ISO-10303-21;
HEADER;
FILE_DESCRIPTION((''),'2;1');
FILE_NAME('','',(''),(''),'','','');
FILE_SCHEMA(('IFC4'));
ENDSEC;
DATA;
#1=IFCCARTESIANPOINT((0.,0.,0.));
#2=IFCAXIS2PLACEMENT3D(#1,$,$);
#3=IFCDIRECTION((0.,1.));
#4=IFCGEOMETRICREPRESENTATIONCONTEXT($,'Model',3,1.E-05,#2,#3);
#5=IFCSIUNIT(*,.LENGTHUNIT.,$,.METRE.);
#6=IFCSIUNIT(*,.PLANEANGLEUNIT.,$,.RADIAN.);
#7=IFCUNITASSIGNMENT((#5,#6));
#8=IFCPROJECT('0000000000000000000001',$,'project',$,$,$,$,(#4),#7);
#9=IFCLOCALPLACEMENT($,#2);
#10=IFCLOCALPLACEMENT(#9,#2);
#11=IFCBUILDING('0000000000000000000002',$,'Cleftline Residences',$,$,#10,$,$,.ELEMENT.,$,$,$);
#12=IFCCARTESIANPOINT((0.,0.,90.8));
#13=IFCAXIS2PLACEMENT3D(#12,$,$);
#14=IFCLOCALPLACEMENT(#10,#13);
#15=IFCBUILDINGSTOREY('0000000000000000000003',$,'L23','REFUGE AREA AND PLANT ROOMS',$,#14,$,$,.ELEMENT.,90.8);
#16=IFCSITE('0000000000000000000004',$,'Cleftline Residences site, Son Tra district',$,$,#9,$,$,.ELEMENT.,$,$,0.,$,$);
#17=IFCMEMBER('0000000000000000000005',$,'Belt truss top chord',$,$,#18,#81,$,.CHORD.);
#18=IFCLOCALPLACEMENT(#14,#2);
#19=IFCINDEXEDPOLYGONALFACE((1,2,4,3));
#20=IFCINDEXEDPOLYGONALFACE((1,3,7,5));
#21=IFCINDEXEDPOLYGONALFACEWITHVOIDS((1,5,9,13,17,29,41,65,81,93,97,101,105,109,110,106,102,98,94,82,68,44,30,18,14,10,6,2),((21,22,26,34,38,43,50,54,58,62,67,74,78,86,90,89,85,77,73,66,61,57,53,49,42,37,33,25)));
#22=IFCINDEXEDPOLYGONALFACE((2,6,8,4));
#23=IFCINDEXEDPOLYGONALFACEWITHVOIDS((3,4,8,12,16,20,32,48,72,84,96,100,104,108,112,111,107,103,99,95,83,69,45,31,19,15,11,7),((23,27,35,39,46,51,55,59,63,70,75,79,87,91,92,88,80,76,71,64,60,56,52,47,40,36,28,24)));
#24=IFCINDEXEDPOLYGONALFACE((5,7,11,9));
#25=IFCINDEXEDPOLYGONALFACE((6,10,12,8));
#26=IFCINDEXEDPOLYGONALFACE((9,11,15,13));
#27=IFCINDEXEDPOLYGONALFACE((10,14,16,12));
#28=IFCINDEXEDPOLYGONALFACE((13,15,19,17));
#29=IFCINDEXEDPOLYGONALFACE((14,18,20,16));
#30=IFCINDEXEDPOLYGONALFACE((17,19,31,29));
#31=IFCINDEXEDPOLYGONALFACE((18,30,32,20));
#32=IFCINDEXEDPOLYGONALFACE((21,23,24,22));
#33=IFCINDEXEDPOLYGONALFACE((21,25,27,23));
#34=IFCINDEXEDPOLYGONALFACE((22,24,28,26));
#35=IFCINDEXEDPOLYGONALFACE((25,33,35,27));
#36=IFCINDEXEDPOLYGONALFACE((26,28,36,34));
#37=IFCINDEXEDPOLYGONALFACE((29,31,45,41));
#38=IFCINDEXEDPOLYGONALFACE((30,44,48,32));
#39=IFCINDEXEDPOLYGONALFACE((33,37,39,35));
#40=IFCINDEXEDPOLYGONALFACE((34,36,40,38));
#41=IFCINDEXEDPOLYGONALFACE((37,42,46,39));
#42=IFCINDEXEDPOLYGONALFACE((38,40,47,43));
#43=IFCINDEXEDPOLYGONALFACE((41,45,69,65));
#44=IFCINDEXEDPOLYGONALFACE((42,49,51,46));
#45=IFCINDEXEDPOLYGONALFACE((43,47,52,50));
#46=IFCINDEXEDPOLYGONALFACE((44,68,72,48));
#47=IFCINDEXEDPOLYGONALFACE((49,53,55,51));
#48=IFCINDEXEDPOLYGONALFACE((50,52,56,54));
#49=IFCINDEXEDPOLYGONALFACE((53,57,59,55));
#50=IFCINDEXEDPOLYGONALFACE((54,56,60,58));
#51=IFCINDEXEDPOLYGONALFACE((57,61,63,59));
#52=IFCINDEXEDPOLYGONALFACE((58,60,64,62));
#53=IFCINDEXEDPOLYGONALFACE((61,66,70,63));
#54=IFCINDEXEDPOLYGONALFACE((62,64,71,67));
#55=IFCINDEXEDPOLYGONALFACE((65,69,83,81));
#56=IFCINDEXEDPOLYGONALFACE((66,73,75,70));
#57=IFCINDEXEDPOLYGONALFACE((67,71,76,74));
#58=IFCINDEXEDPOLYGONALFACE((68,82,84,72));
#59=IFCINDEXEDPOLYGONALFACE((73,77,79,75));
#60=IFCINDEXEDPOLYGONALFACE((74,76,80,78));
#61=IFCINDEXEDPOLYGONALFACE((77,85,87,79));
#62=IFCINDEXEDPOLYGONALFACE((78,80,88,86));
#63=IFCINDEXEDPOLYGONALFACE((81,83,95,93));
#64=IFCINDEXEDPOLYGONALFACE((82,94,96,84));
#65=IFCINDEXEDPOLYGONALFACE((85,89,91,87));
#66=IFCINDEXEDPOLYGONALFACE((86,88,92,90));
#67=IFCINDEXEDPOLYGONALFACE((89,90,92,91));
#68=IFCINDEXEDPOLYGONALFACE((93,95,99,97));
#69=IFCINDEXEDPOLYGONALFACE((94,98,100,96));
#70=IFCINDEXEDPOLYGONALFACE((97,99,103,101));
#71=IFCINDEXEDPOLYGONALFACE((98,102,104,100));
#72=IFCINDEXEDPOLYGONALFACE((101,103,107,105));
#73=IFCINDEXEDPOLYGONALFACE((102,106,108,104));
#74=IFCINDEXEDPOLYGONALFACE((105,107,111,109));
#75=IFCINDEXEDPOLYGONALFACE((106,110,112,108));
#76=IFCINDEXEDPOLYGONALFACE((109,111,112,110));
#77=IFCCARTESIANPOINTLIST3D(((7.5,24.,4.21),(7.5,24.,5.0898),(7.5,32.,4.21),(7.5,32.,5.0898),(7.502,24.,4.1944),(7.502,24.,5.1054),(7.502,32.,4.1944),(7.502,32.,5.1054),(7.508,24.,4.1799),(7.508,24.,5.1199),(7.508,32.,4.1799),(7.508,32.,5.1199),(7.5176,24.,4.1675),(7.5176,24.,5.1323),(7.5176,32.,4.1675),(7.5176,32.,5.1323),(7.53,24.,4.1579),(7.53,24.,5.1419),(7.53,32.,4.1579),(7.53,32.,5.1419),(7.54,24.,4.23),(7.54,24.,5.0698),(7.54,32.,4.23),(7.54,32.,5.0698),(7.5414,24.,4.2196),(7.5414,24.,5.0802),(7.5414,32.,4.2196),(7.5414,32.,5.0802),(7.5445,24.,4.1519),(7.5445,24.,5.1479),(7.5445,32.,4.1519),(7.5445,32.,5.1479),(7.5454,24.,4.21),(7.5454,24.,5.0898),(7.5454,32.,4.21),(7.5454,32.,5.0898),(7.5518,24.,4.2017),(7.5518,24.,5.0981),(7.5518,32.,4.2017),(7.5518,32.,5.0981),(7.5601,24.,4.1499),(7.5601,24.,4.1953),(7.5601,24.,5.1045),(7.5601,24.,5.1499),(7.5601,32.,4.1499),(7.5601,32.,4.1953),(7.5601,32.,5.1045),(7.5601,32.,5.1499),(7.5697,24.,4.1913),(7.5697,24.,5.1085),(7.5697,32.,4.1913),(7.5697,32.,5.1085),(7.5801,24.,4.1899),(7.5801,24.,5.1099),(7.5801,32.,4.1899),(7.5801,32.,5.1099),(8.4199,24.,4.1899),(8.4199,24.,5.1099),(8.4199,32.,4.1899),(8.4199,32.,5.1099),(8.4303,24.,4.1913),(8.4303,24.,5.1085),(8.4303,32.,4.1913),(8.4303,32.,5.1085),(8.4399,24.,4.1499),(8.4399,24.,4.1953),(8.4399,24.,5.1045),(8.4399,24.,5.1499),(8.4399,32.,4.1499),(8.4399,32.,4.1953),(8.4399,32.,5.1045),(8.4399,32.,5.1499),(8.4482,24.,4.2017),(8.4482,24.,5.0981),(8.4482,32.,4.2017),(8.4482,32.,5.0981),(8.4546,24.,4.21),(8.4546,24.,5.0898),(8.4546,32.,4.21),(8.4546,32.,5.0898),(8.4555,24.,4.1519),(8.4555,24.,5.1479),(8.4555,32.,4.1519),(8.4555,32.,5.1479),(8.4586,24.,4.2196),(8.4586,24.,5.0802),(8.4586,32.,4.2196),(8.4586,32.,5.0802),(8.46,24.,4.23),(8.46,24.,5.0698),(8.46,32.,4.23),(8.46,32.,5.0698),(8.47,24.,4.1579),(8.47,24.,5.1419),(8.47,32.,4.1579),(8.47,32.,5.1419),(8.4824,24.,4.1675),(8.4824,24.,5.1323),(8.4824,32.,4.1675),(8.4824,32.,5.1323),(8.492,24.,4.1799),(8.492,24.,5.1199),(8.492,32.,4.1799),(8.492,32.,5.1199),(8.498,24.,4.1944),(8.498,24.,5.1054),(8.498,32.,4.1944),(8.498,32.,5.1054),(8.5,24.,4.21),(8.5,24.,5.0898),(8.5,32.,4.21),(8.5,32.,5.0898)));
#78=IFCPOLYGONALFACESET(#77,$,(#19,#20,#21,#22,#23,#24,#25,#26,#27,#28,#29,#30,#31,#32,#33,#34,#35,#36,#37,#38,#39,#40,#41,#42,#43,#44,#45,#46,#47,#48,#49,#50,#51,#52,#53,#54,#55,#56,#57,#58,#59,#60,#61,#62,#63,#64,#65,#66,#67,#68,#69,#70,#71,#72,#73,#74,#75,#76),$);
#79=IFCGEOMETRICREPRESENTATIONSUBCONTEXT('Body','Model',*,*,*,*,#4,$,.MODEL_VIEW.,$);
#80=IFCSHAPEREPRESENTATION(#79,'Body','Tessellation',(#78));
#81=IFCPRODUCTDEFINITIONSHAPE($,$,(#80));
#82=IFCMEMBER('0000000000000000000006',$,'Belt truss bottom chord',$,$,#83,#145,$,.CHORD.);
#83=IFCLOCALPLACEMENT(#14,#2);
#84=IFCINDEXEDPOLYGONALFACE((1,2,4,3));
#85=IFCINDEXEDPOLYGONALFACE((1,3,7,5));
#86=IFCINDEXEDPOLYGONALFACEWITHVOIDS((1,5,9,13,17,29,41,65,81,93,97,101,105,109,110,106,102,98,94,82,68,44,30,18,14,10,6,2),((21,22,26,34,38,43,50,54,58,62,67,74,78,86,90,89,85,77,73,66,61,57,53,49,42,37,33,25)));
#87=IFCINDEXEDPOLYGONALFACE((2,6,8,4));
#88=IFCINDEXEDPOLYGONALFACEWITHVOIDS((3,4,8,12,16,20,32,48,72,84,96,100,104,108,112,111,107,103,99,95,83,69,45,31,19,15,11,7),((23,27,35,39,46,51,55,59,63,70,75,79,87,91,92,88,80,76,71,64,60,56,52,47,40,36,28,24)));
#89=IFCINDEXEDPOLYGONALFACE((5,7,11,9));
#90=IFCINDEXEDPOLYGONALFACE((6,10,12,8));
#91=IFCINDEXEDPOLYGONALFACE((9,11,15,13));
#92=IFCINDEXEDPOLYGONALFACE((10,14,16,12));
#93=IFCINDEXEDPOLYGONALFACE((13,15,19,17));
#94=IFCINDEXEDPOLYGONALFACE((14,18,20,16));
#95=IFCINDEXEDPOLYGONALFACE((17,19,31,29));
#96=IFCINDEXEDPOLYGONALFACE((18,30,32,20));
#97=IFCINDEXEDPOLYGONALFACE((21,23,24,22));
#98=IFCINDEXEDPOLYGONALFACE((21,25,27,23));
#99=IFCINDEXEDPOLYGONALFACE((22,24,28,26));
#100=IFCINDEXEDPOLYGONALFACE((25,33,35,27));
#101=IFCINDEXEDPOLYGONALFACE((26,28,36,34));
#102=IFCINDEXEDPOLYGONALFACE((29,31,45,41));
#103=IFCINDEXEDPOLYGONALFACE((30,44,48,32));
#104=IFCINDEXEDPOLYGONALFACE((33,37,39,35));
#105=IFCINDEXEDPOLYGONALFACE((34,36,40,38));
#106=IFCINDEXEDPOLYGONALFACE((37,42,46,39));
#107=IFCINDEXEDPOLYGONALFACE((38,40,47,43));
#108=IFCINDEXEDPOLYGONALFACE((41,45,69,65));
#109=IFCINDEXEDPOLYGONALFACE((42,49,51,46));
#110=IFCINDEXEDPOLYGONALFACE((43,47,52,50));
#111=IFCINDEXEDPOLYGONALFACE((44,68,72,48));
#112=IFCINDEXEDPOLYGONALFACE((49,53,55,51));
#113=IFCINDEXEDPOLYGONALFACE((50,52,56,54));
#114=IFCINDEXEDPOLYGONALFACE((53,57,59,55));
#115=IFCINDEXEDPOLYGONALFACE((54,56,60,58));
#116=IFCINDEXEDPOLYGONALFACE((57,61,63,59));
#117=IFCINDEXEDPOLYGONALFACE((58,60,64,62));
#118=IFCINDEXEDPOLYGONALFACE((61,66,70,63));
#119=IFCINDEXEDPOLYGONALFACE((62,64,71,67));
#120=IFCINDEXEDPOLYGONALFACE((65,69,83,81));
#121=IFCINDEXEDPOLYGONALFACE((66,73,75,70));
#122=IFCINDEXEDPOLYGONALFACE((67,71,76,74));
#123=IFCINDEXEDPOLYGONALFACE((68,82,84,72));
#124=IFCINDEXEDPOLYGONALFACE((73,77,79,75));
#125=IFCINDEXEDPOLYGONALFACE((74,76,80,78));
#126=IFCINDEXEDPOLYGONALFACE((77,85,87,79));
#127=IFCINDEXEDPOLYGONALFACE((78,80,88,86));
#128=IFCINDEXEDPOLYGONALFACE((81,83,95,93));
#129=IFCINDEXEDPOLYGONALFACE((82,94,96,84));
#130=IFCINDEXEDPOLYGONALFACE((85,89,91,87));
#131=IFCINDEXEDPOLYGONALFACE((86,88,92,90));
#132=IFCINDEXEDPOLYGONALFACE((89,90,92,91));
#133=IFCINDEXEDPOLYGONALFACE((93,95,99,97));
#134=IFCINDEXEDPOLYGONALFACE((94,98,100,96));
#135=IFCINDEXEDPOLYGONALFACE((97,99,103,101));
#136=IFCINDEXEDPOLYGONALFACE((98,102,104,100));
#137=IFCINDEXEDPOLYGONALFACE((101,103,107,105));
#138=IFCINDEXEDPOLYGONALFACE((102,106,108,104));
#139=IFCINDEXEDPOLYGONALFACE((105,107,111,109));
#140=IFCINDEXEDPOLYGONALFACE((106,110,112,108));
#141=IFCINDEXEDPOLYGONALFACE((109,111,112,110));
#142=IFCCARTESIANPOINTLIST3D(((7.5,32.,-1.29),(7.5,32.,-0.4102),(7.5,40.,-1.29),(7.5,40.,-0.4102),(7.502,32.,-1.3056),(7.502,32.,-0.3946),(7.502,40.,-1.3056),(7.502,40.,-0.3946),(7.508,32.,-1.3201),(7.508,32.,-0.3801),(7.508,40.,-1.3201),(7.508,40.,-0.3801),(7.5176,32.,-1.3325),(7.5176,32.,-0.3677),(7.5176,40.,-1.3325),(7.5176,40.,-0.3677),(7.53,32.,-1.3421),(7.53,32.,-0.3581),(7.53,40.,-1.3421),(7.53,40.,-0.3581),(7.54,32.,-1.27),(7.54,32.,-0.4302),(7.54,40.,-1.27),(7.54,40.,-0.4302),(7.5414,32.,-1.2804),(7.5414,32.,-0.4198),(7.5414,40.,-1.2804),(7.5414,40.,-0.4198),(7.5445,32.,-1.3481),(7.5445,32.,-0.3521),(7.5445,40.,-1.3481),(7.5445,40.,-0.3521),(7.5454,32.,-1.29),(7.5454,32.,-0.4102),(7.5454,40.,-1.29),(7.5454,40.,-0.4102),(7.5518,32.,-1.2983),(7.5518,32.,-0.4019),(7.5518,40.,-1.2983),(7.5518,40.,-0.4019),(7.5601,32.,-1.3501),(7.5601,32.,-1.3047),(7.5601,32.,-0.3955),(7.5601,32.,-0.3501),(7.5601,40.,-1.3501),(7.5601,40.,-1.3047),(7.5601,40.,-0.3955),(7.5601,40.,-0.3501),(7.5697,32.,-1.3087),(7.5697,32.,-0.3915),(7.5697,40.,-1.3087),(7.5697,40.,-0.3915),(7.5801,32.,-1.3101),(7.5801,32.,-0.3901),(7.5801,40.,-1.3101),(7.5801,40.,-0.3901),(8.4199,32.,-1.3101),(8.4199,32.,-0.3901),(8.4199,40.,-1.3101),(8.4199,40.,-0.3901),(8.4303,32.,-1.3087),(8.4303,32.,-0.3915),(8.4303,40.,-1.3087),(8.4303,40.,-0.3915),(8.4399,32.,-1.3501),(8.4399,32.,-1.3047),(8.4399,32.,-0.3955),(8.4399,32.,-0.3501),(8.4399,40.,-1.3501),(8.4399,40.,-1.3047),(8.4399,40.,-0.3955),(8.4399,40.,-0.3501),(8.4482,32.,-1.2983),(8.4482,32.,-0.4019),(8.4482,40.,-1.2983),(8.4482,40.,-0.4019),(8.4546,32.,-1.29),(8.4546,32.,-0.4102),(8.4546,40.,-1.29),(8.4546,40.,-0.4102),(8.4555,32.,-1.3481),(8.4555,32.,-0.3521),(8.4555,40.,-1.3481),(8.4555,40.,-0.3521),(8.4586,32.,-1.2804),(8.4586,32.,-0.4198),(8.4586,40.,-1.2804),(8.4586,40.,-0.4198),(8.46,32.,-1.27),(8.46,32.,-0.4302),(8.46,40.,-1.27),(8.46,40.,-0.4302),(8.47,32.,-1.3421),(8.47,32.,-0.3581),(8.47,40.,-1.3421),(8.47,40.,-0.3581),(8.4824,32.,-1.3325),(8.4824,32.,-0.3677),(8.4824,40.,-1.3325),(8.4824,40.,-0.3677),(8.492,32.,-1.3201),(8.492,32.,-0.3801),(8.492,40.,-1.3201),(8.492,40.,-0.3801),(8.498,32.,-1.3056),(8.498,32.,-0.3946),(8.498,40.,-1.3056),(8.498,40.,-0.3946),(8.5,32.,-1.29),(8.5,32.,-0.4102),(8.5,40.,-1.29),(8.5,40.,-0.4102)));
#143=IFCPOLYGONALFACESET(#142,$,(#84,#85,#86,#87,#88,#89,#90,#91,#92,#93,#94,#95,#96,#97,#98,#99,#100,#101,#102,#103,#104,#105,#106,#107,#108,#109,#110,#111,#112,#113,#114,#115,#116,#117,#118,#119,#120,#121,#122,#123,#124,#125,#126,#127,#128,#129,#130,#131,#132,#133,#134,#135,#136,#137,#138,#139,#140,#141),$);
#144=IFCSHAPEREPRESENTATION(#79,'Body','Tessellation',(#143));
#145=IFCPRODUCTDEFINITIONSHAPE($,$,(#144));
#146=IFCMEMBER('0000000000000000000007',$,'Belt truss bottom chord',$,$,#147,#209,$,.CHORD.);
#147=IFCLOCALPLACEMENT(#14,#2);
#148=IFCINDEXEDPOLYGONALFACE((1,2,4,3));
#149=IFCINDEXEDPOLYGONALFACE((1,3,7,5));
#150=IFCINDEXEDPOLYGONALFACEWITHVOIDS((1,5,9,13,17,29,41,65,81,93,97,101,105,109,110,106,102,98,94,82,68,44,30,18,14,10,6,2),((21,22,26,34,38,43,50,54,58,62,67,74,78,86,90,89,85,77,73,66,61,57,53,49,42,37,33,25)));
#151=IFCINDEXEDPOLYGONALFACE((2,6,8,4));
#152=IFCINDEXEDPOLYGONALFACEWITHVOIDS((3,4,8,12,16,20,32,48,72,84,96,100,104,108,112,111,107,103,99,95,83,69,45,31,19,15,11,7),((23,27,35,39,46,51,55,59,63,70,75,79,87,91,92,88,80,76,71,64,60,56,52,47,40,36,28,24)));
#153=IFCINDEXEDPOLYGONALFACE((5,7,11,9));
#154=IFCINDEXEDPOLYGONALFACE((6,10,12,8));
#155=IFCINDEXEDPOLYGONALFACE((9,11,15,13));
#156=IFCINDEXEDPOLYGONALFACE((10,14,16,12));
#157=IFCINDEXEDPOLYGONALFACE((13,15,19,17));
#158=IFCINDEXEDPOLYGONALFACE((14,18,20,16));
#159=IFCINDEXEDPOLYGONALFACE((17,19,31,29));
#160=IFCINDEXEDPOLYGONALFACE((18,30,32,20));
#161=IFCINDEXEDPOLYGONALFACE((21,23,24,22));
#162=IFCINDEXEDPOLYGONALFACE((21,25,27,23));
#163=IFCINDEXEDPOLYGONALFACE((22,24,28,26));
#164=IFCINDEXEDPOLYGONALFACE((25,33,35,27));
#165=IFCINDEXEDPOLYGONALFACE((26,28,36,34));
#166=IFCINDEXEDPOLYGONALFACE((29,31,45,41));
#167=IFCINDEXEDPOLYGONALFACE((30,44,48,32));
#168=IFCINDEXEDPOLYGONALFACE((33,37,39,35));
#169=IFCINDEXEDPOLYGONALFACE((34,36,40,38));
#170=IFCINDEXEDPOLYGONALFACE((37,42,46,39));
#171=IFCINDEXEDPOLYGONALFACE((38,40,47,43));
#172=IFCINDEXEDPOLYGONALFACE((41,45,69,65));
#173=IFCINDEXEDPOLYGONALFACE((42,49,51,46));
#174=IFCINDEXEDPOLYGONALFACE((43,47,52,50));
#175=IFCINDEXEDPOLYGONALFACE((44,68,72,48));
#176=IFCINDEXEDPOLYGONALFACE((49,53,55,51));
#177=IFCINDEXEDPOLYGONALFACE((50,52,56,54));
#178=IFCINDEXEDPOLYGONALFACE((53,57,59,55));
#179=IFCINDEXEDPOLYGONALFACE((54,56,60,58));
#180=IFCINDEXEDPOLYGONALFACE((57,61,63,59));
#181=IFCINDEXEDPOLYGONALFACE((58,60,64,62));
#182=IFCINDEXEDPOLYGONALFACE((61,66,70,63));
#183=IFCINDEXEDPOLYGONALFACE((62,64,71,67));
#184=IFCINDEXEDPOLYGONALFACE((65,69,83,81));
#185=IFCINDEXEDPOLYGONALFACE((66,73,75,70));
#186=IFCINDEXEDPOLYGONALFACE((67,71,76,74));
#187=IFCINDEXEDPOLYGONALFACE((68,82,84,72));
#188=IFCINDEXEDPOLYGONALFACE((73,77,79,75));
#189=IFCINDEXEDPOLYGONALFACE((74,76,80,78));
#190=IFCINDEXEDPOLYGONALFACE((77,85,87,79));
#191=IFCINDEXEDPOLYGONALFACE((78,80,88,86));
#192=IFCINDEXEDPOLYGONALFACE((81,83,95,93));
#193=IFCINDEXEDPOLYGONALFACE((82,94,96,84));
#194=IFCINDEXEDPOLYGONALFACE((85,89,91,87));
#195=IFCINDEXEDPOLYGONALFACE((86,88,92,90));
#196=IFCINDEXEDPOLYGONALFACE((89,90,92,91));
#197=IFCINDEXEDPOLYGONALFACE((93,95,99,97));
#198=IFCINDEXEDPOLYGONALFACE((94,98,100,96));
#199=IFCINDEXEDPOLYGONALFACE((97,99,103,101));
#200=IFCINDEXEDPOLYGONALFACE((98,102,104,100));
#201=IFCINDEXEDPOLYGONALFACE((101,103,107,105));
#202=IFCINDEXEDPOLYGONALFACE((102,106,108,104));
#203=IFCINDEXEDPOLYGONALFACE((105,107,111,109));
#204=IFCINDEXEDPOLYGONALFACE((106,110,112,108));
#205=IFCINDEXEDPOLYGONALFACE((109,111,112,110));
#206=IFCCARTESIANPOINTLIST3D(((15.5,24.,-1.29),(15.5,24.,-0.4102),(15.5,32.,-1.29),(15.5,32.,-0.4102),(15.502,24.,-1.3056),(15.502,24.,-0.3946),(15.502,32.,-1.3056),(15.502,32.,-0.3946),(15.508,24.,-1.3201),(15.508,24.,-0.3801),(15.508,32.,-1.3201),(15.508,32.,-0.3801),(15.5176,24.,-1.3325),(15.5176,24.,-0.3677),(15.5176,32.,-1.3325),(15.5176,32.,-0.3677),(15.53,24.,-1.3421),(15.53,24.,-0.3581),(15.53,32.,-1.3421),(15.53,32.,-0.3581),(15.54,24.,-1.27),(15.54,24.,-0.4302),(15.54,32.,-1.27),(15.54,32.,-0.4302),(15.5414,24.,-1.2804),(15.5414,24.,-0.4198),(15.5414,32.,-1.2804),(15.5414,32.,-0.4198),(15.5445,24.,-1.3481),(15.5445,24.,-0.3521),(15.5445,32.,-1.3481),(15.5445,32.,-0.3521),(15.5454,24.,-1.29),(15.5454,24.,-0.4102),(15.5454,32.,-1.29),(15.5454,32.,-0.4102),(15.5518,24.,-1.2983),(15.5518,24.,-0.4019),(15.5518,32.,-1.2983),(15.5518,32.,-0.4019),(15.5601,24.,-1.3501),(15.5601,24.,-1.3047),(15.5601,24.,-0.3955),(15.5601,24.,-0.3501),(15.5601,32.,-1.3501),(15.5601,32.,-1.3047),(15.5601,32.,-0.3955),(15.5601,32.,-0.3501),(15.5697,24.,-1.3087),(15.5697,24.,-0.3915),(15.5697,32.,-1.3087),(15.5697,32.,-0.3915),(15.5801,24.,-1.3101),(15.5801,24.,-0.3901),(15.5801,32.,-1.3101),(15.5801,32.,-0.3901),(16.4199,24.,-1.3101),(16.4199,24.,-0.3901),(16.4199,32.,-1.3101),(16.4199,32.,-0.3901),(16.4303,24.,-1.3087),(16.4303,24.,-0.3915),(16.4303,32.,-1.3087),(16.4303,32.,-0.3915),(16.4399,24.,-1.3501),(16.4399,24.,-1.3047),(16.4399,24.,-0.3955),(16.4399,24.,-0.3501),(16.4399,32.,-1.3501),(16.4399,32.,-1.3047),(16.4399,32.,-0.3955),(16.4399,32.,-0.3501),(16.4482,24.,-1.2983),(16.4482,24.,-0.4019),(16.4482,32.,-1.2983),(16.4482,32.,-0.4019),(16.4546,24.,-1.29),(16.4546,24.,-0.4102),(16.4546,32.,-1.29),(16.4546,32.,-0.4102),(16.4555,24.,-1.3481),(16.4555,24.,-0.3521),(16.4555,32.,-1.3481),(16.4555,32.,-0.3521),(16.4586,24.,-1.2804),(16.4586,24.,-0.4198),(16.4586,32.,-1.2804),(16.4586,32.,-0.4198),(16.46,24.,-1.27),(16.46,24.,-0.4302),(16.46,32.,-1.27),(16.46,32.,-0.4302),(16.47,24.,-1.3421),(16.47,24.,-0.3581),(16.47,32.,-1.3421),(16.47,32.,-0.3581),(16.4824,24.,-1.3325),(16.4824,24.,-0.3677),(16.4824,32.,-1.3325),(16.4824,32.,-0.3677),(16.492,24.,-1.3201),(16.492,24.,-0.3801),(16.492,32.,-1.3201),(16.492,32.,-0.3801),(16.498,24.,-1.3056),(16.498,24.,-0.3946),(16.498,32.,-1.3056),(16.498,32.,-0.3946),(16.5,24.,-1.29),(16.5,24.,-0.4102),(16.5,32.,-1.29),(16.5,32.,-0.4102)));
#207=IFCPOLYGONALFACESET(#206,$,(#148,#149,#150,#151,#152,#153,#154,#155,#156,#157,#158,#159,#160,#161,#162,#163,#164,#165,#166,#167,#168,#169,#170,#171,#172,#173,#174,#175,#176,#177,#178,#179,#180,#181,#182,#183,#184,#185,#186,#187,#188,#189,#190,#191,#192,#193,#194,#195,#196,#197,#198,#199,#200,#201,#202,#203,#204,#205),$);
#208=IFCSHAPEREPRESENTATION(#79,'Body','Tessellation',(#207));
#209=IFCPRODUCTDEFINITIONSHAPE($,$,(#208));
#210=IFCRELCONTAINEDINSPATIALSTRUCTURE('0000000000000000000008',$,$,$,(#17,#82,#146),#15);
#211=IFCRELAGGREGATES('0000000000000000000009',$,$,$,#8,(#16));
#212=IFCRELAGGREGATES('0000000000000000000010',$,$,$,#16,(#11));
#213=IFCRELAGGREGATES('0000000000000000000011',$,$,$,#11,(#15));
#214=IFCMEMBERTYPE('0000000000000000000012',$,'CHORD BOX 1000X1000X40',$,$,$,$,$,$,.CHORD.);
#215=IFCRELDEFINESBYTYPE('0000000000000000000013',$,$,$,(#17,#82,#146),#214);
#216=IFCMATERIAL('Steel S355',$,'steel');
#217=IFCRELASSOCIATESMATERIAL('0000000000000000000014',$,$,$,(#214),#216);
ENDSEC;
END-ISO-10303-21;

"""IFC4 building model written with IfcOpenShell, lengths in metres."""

from ifc_helpers import new_model, si_unit, direction, frame, origin, origin_2d, place, context, subcontext, project, spatial, hollow_rectangle, extrude, material, material_profile, profile_set, type_object, element, save


model = new_model("IFC4")

# Units and contexts
model_context = context("Model", 3, precision=1e-05, world=origin(), true_north=direction((0.0, 1.0)))
body_context = subcontext(model_context, "Body", "Model", "MODEL_VIEW")
ifc_project = project(units=[si_unit("LENGTHUNIT", "METRE"), si_unit("PLANEANGLEUNIT", "RADIAN")], contexts=[model_context])

# Site, building, storey
site_placement = place(None, origin())
site = spatial("IfcSite", under=ifc_project, at=site_placement, Name="Cleftline Residences site, Son Tra district", CompositionType="ELEMENT", RefElevation=0.0)
building_placement = place(site_placement, origin())
building = spatial("IfcBuilding", under=site, at=building_placement, Name="Cleftline Residences", CompositionType="ELEMENT")
storey_placement = place(building_placement, frame((0.0, 0.0, 90.8)))
storey = spatial("IfcBuildingStorey", under=building, at=storey_placement, Name="L23", Description="REFUGE AREA AND PLANT ROOMS", CompositionType="ELEMENT", Elevation=90.8)

# Members
ifc_material_1 = material(Name="Steel S355", Category="steel")
ifc_material_profile_1 = material_profile(ifc_material_1, hollow_rectangle(XDim=1.0, YDim=1.0, WallThickness=0.04, InnerFilletRadius=0.04, OuterFilletRadius=0.0601, at=origin_2d()))
ifc_profile_set_1 = profile_set([ifc_material_profile_1], Name="Steel S355")
member_type_1 = type_object("IfcMemberType", Name="CHORD BOX 1000X1000X40", PredefinedType="CHORD", material=ifc_profile_set_1)
for number, where, z_axis, x_axis, name in (
    (1, (8.0, 24.0, 4.6499), (0.0, 1.0, 0.0), (-1.0, 0.0, 0.0), "Belt truss top chord"),
    (2, (8.0, 32.0, -0.8501), (0.0, 1.0, 0.0), (-1.0, 0.0, 0.0), "Belt truss bottom chord"),
    (3, (16.0, 24.0, -0.8501), (0.0, 1.0, 0.0), (-1.0, 0.0, 0.0), "Belt truss bottom chord"),
):
    element("IfcMember", number, at=place(storey_placement, frame(where, z_axis=z_axis, x_axis=x_axis)), inside=storey, type_object=member_type_1, Name=name, PredefinedType="CHORD", context=body_context, shape_type="SweptSolid", body=[
        extrude(hollow_rectangle(XDim=1.0, YDim=1.0, WallThickness=0.04, InnerFilletRadius=0.04, OuterFilletRadius=0.0601, at=origin_2d()), origin(), (0.0, 0.0, 1.0), 8.0),
    ])

save(model, "model.ifc")
